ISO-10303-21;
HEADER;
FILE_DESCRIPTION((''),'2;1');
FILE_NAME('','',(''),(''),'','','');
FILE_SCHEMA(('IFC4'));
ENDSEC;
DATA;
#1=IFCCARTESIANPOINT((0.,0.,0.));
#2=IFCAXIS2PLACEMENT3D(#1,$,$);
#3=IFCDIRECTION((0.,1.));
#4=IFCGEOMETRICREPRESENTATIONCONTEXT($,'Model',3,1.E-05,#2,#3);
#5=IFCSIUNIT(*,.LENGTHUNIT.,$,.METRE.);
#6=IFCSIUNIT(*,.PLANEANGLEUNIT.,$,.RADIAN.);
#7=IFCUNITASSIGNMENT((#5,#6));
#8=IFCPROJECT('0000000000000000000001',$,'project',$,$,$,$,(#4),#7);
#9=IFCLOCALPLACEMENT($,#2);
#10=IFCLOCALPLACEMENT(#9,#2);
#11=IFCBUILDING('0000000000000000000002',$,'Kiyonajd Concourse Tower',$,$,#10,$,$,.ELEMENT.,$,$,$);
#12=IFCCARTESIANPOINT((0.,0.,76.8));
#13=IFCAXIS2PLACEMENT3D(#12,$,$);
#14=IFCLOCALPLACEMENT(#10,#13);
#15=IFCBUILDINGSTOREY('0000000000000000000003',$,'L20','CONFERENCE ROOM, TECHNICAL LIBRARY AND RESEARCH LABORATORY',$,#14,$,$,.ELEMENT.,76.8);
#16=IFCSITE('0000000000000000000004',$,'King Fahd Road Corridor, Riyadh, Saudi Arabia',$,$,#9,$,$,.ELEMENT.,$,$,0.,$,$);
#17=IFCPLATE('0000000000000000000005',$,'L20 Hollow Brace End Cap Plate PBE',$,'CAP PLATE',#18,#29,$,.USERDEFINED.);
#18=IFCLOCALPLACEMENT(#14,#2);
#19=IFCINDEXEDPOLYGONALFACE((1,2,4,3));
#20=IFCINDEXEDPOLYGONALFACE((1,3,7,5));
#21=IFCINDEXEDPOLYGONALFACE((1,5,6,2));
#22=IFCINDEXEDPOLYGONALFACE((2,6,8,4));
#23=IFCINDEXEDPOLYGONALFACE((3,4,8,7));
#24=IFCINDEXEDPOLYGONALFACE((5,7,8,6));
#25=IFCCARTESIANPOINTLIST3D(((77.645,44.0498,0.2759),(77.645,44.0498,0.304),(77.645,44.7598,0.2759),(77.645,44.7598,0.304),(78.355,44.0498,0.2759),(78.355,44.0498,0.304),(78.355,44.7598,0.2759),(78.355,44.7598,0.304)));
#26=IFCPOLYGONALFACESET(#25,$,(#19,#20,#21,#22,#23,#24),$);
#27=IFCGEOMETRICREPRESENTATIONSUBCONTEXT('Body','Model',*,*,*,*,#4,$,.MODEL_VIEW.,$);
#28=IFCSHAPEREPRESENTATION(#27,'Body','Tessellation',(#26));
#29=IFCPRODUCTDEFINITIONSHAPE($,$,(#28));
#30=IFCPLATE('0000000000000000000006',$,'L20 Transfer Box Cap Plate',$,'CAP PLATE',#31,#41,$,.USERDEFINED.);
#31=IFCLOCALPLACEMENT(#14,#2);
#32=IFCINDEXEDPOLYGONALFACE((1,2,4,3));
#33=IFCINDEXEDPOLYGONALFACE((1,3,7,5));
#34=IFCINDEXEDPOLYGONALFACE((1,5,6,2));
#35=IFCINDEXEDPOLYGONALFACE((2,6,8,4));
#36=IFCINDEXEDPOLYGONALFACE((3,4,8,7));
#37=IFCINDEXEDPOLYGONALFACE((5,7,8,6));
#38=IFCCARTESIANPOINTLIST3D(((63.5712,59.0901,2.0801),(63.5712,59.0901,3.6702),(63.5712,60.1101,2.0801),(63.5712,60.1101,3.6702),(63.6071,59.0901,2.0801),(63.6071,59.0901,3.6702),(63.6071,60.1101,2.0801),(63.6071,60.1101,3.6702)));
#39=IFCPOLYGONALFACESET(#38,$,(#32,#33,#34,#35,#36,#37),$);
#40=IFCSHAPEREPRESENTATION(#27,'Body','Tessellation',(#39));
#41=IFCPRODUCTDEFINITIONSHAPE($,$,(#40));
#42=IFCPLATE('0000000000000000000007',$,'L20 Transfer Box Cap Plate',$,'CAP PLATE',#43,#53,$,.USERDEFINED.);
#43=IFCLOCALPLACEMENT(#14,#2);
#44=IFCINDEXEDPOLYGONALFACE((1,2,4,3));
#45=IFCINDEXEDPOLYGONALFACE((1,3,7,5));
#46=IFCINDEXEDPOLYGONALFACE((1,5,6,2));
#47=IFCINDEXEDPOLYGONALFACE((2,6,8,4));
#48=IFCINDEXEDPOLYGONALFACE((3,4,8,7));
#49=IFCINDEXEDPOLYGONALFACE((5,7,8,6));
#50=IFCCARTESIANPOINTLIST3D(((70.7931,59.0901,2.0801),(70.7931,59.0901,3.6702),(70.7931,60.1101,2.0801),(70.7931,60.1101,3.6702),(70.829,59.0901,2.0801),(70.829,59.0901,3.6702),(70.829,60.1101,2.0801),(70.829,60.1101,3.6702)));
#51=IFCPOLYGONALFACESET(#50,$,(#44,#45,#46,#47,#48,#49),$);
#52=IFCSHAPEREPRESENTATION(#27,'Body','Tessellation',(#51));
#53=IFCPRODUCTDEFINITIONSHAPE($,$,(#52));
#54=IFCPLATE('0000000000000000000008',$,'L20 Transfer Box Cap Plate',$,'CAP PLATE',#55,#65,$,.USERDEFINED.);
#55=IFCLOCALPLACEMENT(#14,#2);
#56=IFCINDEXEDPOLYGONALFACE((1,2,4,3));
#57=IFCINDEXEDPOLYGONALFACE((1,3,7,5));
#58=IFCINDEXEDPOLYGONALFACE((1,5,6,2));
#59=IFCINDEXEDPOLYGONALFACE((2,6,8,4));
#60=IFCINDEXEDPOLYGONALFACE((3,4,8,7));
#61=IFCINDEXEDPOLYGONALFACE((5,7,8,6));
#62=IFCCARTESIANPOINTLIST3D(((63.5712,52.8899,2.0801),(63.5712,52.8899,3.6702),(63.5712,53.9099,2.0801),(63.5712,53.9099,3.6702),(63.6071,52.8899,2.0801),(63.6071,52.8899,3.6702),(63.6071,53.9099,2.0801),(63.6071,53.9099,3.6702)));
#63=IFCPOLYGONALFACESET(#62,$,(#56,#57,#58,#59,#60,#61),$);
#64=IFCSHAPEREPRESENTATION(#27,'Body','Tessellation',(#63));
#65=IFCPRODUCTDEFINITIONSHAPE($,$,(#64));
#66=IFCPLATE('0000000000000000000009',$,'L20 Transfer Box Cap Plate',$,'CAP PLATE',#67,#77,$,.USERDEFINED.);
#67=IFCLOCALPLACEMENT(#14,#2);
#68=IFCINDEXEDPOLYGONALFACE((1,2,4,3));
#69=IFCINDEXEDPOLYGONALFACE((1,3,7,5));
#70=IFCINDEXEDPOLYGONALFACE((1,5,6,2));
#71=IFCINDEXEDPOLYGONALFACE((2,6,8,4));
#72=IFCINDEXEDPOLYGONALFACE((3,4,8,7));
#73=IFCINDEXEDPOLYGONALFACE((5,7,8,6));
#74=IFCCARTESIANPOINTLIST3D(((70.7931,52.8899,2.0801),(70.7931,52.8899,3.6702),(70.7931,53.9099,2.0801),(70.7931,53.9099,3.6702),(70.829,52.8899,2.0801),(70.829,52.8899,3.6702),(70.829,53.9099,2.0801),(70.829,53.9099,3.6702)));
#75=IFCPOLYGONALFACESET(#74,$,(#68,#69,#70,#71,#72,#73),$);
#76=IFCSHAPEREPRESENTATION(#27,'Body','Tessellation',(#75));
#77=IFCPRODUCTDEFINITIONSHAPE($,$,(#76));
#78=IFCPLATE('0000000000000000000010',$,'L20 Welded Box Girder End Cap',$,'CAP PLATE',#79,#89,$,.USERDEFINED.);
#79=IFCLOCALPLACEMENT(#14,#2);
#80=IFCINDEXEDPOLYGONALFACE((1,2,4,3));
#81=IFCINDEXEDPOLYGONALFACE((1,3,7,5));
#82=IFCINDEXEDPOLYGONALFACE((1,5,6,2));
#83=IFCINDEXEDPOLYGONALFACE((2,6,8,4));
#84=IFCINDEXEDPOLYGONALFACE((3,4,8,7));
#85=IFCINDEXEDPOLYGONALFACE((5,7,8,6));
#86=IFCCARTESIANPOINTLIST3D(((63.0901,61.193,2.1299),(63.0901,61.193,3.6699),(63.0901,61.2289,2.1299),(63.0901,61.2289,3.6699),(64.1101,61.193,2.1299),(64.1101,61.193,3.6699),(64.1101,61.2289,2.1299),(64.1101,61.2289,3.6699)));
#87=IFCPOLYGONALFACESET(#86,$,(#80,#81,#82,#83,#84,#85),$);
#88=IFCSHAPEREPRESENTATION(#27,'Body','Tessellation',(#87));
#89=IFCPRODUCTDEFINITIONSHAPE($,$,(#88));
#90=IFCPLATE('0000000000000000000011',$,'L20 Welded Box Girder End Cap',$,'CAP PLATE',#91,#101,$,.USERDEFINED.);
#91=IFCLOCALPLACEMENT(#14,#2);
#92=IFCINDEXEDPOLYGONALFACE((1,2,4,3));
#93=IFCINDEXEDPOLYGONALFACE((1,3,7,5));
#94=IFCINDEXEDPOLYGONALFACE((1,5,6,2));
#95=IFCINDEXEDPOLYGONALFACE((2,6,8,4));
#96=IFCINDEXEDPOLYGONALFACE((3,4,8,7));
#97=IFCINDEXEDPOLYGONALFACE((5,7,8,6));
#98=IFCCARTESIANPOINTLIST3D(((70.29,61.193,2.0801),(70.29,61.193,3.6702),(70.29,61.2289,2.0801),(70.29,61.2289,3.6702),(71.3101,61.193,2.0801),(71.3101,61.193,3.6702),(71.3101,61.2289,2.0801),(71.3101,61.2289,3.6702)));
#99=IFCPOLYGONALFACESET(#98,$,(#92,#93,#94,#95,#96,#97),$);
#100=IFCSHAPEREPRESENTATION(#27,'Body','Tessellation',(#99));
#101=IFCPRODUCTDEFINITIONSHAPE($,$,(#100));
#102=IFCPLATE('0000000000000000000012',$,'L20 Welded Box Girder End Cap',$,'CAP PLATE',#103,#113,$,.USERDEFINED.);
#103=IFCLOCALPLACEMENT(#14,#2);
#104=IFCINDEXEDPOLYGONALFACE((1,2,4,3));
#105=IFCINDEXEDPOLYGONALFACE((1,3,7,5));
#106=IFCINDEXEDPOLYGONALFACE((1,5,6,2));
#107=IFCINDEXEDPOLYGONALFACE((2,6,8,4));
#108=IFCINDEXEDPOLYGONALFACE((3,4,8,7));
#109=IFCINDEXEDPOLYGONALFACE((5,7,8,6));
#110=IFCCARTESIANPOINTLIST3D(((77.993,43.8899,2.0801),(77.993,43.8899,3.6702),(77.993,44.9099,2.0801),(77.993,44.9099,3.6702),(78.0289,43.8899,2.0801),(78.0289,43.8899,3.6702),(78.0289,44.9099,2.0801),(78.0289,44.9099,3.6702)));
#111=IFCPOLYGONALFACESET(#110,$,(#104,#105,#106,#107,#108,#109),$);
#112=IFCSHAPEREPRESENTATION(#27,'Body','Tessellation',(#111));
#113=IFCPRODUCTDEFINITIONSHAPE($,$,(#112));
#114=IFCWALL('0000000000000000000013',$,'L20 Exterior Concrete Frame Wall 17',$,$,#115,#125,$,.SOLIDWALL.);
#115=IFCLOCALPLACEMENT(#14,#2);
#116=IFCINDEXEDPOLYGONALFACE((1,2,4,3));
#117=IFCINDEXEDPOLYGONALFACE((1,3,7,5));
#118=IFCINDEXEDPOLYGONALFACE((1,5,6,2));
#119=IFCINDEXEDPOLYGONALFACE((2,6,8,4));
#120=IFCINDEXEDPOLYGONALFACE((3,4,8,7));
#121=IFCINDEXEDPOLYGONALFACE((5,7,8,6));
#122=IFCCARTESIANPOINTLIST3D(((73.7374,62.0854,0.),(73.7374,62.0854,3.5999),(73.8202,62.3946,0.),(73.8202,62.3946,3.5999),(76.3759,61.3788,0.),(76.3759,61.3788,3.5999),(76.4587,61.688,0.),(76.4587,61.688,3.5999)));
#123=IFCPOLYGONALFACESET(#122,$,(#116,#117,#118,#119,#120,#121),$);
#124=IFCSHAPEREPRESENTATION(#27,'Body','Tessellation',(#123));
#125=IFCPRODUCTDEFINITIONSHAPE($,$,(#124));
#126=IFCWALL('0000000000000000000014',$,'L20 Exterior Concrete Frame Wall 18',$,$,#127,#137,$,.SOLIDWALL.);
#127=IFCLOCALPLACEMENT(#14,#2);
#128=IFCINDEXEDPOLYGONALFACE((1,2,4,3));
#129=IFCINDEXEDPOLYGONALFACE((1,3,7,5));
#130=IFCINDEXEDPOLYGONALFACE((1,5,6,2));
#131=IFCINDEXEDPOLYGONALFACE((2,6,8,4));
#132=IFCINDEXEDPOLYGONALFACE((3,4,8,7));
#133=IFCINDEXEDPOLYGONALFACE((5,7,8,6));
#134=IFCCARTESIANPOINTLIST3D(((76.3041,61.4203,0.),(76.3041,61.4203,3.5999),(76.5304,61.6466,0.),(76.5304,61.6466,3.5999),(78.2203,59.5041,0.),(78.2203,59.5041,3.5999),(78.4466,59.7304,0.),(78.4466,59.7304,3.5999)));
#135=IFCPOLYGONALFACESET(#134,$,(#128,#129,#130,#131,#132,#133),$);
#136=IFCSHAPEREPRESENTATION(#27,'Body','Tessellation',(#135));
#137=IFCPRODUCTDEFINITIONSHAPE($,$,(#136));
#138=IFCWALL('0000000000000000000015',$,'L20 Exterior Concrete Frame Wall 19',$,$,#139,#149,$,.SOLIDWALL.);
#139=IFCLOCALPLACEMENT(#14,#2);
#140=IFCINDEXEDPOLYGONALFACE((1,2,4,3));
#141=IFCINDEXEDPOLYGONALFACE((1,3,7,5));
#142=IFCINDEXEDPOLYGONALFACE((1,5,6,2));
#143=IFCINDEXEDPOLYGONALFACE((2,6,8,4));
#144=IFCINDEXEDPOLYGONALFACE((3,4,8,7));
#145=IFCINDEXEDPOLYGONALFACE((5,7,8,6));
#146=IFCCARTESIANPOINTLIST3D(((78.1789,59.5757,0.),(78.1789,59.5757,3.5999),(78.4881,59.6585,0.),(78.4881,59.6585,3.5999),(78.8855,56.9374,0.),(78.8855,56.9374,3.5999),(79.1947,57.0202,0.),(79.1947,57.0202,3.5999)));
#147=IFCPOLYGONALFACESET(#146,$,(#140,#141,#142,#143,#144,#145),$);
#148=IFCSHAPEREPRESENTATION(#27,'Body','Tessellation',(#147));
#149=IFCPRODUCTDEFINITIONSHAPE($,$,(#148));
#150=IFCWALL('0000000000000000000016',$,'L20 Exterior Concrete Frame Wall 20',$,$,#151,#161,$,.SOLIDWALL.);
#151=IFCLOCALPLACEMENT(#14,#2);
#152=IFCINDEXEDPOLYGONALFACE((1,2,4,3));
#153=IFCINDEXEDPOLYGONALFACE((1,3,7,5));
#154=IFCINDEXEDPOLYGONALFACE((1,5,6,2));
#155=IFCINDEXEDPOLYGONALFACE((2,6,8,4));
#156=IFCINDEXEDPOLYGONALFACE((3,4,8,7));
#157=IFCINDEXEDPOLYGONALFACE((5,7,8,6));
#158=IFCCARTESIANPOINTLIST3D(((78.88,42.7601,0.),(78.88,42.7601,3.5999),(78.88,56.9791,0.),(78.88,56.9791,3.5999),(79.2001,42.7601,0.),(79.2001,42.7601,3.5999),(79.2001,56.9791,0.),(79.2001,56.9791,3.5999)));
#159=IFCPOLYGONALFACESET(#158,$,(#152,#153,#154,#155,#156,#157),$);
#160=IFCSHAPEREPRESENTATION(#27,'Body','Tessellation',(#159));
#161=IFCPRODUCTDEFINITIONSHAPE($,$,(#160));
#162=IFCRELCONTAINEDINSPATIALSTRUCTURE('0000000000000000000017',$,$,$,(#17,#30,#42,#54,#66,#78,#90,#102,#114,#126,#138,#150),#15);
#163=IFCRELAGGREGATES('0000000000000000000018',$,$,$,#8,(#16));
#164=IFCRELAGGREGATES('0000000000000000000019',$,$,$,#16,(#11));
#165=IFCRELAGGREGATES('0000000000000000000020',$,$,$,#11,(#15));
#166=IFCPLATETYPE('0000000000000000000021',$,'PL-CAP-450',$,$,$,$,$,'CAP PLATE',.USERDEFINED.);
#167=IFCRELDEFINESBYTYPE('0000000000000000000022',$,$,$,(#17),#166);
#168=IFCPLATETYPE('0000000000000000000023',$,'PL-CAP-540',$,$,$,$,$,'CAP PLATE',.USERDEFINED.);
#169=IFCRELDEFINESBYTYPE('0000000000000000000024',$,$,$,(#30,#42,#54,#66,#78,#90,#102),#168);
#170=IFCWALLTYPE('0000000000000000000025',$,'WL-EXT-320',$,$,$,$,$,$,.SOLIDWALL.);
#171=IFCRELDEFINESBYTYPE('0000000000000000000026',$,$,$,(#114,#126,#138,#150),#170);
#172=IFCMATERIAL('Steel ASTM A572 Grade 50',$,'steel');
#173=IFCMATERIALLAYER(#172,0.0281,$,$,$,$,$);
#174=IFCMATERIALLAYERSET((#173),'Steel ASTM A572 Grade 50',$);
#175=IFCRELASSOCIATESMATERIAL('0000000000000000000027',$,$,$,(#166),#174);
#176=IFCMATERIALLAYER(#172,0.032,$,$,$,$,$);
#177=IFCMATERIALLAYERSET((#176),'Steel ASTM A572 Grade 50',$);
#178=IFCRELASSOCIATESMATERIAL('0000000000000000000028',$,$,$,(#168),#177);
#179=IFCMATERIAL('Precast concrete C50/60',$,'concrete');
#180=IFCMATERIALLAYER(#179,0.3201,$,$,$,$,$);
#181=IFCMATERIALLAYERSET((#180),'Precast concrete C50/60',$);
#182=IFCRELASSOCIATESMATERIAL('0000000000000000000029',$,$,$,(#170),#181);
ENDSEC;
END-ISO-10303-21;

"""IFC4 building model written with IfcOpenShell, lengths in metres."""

from ifc_helpers import new_model, si_unit, direction, frame, frame_2d, origin, origin_2d, place, context, subcontext, project, spatial, rectangle, extrude, material, layer, layer_set, type_object, element, save


model = new_model("IFC4")

# Units and contexts
model_context = context("Model", 3, precision=1e-05, world=origin(), true_north=direction((0.0, 1.0)))
body_context = subcontext(model_context, "Body", "Model", "MODEL_VIEW")
ifc_project = project(units=[si_unit("LENGTHUNIT", "METRE"), si_unit("PLANEANGLEUNIT", "RADIAN")], contexts=[model_context])

# Site, building, storey
site_placement = place(None, origin())
site = spatial("IfcSite", under=ifc_project, at=site_placement, Name="King Fahd Road Corridor, Riyadh, Saudi Arabia", CompositionType="ELEMENT", RefElevation=0.0)
building_placement = place(site_placement, origin())
building = spatial("IfcBuilding", under=site, at=building_placement, Name="Kiyonajd Concourse Tower", CompositionType="ELEMENT")
storey_placement = place(building_placement, frame((0.0, 0.0, 76.8)))
storey = spatial("IfcBuildingStorey", under=building, at=storey_placement, Name="L20", Description="CONFERENCE ROOM, TECHNICAL LIBRARY AND RESEARCH LABORATORY", CompositionType="ELEMENT", Elevation=76.8)

# Shared definitions
ifc_material_1 = material(Name="Steel ASTM A572 Grade 50", Category="steel")

# Plates
ifc_layer_1 = layer(ifc_material_1, 0.0281)
ifc_layer_set_1 = layer_set([ifc_layer_1], Name="Steel ASTM A572 Grade 50")
plate_type_1 = type_object("IfcPlateType", Name="PL-CAP-450", ElementType="CAP PLATE", PredefinedType="USERDEFINED", material=ifc_layer_set_1)
plate_1_placement = place(storey_placement, frame((78.0, 44.4048, 0.2759), z_axis=(0.0, 0.0, 1.0), x_axis=(1.0, 0.0, 0.0)))
element("IfcPlate", 1, at=plate_1_placement, inside=storey, type_object=plate_type_1, Name="L20 Hollow Brace End Cap Plate PBE", ObjectType="CAP PLATE", PredefinedType="USERDEFINED", context=body_context, shape_type="SweptSolid", body=[
    extrude(rectangle(XDim=0.71, YDim=0.71, at=origin_2d()), origin(), (0.0, 0.0, 1.0), 0.0281),
])
ifc_layer_2 = layer(ifc_material_1, 0.032)
ifc_layer_set_2 = layer_set([ifc_layer_2], Name="Steel ASTM A572 Grade 50")
plate_type_2 = type_object("IfcPlateType", Name="PL-CAP-540", ElementType="CAP PLATE", PredefinedType="USERDEFINED", material=ifc_layer_set_2)
for number, where, z_axis, x_axis, name in (
    (2, (63.5891, 59.6001, 2.0801), (0.0, 0.0, 1.0), (-1.0, 0.0, 0.0), "L20 Transfer Box Cap Plate"),
    (3, (70.811, 59.6001, 2.0801), (0.0, 0.0, 1.0), (1.0, 0.0, 0.0), "L20 Transfer Box Cap Plate"),
    (4, (63.5891, 53.3999, 2.0801), (0.0, 0.0, 1.0), (-1.0, 0.0, 0.0), "L20 Transfer Box Cap Plate"),
    (5, (70.811, 53.3999, 2.0801), (0.0, 0.0, 1.0), (1.0, 0.0, 0.0), "L20 Transfer Box Cap Plate"),
):
    element("IfcPlate", number, at=place(storey_placement, frame(where, z_axis=z_axis, x_axis=x_axis)), inside=storey, type_object=plate_type_2, Name=name, ObjectType="CAP PLATE", PredefinedType="USERDEFINED", context=body_context, shape_type="SweptSolid", body=[
        extrude(rectangle(XDim=0.0359, YDim=1.02, at=origin_2d()), origin(), (0.0, 0.0, 1.0), 1.5901),
    ])
plate_2_placement = place(storey_placement, frame((63.6001, 61.2109, 2.1299), z_axis=(0.0, 0.0, 1.0), x_axis=(0.0, 1.0, 0.0)))
element("IfcPlate", 6, at=plate_2_placement, inside=storey, type_object=plate_type_2, Name="L20 Welded Box Girder End Cap", ObjectType="CAP PLATE", PredefinedType="USERDEFINED", context=body_context, shape_type="SweptSolid", body=[
    extrude(rectangle(XDim=0.0359, YDim=1.02, at=origin_2d()), origin(), (0.0, 0.0, 1.0), 1.54),
])
for number, where, z_axis, x_axis, name in (
    (7, (70.8, 61.2109, 2.0801), (0.0, 0.0, 1.0), (0.0, 1.0, 0.0), "L20 Welded Box Girder End Cap"),
    (8, (78.011, 44.3999, 2.0801), (0.0, 0.0, 1.0), (1.0, 0.0, 0.0), "L20 Welded Box Girder End Cap"),
):
    element("IfcPlate", number, at=place(storey_placement, frame(where, z_axis=z_axis, x_axis=x_axis)), inside=storey, type_object=plate_type_2, Name=name, ObjectType="CAP PLATE", PredefinedType="USERDEFINED", context=body_context, shape_type="SweptSolid", body=[
        extrude(rectangle(XDim=0.0359, YDim=1.02, at=origin_2d()), origin(), (0.0, 0.0, 1.0), 1.5901),
    ])

# Walls
ifc_material_2 = material(Name="Precast concrete C50/60", Category="concrete")
ifc_layer_3 = layer(ifc_material_2, 0.3201)
ifc_layer_set_3 = layer_set([ifc_layer_3], Name="Precast concrete C50/60")
wall_type = type_object("IfcWallType", Name="WL-EXT-320", PredefinedType="SOLIDWALL", material=ifc_layer_set_3)
wall_1_placement = place(storey_placement, frame((73.7788, 62.24, 0.0), z_axis=(0.0, 0.0, 1.0), x_axis=(0.965964, -0.258675, 0.0)))
element("IfcWall", 9, at=wall_1_placement, inside=storey, type_object=wall_type, Name="L20 Exterior Concrete Frame Wall 17", PredefinedType="SOLIDWALL", context=body_context, shape_type="SweptSolid", body=[
    extrude(rectangle(XDim=2.7314, YDim=0.3201, at=frame_2d((1.3657, 0.0))), origin(), (0.0, 0.0, 1.0), 3.5999),
])
wall_2_placement = place(storey_placement, frame((76.4172, 61.5334, 0.0), z_axis=(0.0, 0.0, 1.0), x_axis=(0.707107, -0.707107, 0.0)))
element("IfcWall", 10, at=wall_2_placement, inside=storey, type_object=wall_type, Name="L20 Exterior Concrete Frame Wall 18", PredefinedType="SOLIDWALL", context=body_context, shape_type="SweptSolid", body=[
    extrude(rectangle(XDim=2.71, YDim=0.3201, at=frame_2d((1.355, 0.0))), origin(), (0.0, 0.0, 1.0), 3.5999),
])
wall_3_placement = place(storey_placement, frame((78.3335, 59.6172, 0.0), z_axis=(0.0, 0.0, 1.0), x_axis=(0.258697, -0.965958, 0.0)))
element("IfcWall", 11, at=wall_3_placement, inside=storey, type_object=wall_type, Name="L20 Exterior Concrete Frame Wall 19", PredefinedType="SOLIDWALL", context=body_context, shape_type="SweptSolid", body=[
    extrude(rectangle(XDim=2.7312, YDim=0.3201, at=frame_2d((1.3657, 0.0))), origin(), (0.0, 0.0, 1.0), 3.5999),
])
wall_4_placement = place(storey_placement, frame((79.04, 56.979, 0.0), z_axis=(0.0, 0.0, 1.0), x_axis=(0.0, -1.0, 0.0)))
element("IfcWall", 12, at=wall_4_placement, inside=storey, type_object=wall_type, Name="L20 Exterior Concrete Frame Wall 20", PredefinedType="SOLIDWALL", context=body_context, shape_type="SweptSolid", body=[
    extrude(rectangle(XDim=14.219, YDim=0.3201, at=frame_2d((7.1094, 0.0))), origin(), (0.0, 0.0, 1.0), 3.5999),
])

save(model, "model.ifc")
